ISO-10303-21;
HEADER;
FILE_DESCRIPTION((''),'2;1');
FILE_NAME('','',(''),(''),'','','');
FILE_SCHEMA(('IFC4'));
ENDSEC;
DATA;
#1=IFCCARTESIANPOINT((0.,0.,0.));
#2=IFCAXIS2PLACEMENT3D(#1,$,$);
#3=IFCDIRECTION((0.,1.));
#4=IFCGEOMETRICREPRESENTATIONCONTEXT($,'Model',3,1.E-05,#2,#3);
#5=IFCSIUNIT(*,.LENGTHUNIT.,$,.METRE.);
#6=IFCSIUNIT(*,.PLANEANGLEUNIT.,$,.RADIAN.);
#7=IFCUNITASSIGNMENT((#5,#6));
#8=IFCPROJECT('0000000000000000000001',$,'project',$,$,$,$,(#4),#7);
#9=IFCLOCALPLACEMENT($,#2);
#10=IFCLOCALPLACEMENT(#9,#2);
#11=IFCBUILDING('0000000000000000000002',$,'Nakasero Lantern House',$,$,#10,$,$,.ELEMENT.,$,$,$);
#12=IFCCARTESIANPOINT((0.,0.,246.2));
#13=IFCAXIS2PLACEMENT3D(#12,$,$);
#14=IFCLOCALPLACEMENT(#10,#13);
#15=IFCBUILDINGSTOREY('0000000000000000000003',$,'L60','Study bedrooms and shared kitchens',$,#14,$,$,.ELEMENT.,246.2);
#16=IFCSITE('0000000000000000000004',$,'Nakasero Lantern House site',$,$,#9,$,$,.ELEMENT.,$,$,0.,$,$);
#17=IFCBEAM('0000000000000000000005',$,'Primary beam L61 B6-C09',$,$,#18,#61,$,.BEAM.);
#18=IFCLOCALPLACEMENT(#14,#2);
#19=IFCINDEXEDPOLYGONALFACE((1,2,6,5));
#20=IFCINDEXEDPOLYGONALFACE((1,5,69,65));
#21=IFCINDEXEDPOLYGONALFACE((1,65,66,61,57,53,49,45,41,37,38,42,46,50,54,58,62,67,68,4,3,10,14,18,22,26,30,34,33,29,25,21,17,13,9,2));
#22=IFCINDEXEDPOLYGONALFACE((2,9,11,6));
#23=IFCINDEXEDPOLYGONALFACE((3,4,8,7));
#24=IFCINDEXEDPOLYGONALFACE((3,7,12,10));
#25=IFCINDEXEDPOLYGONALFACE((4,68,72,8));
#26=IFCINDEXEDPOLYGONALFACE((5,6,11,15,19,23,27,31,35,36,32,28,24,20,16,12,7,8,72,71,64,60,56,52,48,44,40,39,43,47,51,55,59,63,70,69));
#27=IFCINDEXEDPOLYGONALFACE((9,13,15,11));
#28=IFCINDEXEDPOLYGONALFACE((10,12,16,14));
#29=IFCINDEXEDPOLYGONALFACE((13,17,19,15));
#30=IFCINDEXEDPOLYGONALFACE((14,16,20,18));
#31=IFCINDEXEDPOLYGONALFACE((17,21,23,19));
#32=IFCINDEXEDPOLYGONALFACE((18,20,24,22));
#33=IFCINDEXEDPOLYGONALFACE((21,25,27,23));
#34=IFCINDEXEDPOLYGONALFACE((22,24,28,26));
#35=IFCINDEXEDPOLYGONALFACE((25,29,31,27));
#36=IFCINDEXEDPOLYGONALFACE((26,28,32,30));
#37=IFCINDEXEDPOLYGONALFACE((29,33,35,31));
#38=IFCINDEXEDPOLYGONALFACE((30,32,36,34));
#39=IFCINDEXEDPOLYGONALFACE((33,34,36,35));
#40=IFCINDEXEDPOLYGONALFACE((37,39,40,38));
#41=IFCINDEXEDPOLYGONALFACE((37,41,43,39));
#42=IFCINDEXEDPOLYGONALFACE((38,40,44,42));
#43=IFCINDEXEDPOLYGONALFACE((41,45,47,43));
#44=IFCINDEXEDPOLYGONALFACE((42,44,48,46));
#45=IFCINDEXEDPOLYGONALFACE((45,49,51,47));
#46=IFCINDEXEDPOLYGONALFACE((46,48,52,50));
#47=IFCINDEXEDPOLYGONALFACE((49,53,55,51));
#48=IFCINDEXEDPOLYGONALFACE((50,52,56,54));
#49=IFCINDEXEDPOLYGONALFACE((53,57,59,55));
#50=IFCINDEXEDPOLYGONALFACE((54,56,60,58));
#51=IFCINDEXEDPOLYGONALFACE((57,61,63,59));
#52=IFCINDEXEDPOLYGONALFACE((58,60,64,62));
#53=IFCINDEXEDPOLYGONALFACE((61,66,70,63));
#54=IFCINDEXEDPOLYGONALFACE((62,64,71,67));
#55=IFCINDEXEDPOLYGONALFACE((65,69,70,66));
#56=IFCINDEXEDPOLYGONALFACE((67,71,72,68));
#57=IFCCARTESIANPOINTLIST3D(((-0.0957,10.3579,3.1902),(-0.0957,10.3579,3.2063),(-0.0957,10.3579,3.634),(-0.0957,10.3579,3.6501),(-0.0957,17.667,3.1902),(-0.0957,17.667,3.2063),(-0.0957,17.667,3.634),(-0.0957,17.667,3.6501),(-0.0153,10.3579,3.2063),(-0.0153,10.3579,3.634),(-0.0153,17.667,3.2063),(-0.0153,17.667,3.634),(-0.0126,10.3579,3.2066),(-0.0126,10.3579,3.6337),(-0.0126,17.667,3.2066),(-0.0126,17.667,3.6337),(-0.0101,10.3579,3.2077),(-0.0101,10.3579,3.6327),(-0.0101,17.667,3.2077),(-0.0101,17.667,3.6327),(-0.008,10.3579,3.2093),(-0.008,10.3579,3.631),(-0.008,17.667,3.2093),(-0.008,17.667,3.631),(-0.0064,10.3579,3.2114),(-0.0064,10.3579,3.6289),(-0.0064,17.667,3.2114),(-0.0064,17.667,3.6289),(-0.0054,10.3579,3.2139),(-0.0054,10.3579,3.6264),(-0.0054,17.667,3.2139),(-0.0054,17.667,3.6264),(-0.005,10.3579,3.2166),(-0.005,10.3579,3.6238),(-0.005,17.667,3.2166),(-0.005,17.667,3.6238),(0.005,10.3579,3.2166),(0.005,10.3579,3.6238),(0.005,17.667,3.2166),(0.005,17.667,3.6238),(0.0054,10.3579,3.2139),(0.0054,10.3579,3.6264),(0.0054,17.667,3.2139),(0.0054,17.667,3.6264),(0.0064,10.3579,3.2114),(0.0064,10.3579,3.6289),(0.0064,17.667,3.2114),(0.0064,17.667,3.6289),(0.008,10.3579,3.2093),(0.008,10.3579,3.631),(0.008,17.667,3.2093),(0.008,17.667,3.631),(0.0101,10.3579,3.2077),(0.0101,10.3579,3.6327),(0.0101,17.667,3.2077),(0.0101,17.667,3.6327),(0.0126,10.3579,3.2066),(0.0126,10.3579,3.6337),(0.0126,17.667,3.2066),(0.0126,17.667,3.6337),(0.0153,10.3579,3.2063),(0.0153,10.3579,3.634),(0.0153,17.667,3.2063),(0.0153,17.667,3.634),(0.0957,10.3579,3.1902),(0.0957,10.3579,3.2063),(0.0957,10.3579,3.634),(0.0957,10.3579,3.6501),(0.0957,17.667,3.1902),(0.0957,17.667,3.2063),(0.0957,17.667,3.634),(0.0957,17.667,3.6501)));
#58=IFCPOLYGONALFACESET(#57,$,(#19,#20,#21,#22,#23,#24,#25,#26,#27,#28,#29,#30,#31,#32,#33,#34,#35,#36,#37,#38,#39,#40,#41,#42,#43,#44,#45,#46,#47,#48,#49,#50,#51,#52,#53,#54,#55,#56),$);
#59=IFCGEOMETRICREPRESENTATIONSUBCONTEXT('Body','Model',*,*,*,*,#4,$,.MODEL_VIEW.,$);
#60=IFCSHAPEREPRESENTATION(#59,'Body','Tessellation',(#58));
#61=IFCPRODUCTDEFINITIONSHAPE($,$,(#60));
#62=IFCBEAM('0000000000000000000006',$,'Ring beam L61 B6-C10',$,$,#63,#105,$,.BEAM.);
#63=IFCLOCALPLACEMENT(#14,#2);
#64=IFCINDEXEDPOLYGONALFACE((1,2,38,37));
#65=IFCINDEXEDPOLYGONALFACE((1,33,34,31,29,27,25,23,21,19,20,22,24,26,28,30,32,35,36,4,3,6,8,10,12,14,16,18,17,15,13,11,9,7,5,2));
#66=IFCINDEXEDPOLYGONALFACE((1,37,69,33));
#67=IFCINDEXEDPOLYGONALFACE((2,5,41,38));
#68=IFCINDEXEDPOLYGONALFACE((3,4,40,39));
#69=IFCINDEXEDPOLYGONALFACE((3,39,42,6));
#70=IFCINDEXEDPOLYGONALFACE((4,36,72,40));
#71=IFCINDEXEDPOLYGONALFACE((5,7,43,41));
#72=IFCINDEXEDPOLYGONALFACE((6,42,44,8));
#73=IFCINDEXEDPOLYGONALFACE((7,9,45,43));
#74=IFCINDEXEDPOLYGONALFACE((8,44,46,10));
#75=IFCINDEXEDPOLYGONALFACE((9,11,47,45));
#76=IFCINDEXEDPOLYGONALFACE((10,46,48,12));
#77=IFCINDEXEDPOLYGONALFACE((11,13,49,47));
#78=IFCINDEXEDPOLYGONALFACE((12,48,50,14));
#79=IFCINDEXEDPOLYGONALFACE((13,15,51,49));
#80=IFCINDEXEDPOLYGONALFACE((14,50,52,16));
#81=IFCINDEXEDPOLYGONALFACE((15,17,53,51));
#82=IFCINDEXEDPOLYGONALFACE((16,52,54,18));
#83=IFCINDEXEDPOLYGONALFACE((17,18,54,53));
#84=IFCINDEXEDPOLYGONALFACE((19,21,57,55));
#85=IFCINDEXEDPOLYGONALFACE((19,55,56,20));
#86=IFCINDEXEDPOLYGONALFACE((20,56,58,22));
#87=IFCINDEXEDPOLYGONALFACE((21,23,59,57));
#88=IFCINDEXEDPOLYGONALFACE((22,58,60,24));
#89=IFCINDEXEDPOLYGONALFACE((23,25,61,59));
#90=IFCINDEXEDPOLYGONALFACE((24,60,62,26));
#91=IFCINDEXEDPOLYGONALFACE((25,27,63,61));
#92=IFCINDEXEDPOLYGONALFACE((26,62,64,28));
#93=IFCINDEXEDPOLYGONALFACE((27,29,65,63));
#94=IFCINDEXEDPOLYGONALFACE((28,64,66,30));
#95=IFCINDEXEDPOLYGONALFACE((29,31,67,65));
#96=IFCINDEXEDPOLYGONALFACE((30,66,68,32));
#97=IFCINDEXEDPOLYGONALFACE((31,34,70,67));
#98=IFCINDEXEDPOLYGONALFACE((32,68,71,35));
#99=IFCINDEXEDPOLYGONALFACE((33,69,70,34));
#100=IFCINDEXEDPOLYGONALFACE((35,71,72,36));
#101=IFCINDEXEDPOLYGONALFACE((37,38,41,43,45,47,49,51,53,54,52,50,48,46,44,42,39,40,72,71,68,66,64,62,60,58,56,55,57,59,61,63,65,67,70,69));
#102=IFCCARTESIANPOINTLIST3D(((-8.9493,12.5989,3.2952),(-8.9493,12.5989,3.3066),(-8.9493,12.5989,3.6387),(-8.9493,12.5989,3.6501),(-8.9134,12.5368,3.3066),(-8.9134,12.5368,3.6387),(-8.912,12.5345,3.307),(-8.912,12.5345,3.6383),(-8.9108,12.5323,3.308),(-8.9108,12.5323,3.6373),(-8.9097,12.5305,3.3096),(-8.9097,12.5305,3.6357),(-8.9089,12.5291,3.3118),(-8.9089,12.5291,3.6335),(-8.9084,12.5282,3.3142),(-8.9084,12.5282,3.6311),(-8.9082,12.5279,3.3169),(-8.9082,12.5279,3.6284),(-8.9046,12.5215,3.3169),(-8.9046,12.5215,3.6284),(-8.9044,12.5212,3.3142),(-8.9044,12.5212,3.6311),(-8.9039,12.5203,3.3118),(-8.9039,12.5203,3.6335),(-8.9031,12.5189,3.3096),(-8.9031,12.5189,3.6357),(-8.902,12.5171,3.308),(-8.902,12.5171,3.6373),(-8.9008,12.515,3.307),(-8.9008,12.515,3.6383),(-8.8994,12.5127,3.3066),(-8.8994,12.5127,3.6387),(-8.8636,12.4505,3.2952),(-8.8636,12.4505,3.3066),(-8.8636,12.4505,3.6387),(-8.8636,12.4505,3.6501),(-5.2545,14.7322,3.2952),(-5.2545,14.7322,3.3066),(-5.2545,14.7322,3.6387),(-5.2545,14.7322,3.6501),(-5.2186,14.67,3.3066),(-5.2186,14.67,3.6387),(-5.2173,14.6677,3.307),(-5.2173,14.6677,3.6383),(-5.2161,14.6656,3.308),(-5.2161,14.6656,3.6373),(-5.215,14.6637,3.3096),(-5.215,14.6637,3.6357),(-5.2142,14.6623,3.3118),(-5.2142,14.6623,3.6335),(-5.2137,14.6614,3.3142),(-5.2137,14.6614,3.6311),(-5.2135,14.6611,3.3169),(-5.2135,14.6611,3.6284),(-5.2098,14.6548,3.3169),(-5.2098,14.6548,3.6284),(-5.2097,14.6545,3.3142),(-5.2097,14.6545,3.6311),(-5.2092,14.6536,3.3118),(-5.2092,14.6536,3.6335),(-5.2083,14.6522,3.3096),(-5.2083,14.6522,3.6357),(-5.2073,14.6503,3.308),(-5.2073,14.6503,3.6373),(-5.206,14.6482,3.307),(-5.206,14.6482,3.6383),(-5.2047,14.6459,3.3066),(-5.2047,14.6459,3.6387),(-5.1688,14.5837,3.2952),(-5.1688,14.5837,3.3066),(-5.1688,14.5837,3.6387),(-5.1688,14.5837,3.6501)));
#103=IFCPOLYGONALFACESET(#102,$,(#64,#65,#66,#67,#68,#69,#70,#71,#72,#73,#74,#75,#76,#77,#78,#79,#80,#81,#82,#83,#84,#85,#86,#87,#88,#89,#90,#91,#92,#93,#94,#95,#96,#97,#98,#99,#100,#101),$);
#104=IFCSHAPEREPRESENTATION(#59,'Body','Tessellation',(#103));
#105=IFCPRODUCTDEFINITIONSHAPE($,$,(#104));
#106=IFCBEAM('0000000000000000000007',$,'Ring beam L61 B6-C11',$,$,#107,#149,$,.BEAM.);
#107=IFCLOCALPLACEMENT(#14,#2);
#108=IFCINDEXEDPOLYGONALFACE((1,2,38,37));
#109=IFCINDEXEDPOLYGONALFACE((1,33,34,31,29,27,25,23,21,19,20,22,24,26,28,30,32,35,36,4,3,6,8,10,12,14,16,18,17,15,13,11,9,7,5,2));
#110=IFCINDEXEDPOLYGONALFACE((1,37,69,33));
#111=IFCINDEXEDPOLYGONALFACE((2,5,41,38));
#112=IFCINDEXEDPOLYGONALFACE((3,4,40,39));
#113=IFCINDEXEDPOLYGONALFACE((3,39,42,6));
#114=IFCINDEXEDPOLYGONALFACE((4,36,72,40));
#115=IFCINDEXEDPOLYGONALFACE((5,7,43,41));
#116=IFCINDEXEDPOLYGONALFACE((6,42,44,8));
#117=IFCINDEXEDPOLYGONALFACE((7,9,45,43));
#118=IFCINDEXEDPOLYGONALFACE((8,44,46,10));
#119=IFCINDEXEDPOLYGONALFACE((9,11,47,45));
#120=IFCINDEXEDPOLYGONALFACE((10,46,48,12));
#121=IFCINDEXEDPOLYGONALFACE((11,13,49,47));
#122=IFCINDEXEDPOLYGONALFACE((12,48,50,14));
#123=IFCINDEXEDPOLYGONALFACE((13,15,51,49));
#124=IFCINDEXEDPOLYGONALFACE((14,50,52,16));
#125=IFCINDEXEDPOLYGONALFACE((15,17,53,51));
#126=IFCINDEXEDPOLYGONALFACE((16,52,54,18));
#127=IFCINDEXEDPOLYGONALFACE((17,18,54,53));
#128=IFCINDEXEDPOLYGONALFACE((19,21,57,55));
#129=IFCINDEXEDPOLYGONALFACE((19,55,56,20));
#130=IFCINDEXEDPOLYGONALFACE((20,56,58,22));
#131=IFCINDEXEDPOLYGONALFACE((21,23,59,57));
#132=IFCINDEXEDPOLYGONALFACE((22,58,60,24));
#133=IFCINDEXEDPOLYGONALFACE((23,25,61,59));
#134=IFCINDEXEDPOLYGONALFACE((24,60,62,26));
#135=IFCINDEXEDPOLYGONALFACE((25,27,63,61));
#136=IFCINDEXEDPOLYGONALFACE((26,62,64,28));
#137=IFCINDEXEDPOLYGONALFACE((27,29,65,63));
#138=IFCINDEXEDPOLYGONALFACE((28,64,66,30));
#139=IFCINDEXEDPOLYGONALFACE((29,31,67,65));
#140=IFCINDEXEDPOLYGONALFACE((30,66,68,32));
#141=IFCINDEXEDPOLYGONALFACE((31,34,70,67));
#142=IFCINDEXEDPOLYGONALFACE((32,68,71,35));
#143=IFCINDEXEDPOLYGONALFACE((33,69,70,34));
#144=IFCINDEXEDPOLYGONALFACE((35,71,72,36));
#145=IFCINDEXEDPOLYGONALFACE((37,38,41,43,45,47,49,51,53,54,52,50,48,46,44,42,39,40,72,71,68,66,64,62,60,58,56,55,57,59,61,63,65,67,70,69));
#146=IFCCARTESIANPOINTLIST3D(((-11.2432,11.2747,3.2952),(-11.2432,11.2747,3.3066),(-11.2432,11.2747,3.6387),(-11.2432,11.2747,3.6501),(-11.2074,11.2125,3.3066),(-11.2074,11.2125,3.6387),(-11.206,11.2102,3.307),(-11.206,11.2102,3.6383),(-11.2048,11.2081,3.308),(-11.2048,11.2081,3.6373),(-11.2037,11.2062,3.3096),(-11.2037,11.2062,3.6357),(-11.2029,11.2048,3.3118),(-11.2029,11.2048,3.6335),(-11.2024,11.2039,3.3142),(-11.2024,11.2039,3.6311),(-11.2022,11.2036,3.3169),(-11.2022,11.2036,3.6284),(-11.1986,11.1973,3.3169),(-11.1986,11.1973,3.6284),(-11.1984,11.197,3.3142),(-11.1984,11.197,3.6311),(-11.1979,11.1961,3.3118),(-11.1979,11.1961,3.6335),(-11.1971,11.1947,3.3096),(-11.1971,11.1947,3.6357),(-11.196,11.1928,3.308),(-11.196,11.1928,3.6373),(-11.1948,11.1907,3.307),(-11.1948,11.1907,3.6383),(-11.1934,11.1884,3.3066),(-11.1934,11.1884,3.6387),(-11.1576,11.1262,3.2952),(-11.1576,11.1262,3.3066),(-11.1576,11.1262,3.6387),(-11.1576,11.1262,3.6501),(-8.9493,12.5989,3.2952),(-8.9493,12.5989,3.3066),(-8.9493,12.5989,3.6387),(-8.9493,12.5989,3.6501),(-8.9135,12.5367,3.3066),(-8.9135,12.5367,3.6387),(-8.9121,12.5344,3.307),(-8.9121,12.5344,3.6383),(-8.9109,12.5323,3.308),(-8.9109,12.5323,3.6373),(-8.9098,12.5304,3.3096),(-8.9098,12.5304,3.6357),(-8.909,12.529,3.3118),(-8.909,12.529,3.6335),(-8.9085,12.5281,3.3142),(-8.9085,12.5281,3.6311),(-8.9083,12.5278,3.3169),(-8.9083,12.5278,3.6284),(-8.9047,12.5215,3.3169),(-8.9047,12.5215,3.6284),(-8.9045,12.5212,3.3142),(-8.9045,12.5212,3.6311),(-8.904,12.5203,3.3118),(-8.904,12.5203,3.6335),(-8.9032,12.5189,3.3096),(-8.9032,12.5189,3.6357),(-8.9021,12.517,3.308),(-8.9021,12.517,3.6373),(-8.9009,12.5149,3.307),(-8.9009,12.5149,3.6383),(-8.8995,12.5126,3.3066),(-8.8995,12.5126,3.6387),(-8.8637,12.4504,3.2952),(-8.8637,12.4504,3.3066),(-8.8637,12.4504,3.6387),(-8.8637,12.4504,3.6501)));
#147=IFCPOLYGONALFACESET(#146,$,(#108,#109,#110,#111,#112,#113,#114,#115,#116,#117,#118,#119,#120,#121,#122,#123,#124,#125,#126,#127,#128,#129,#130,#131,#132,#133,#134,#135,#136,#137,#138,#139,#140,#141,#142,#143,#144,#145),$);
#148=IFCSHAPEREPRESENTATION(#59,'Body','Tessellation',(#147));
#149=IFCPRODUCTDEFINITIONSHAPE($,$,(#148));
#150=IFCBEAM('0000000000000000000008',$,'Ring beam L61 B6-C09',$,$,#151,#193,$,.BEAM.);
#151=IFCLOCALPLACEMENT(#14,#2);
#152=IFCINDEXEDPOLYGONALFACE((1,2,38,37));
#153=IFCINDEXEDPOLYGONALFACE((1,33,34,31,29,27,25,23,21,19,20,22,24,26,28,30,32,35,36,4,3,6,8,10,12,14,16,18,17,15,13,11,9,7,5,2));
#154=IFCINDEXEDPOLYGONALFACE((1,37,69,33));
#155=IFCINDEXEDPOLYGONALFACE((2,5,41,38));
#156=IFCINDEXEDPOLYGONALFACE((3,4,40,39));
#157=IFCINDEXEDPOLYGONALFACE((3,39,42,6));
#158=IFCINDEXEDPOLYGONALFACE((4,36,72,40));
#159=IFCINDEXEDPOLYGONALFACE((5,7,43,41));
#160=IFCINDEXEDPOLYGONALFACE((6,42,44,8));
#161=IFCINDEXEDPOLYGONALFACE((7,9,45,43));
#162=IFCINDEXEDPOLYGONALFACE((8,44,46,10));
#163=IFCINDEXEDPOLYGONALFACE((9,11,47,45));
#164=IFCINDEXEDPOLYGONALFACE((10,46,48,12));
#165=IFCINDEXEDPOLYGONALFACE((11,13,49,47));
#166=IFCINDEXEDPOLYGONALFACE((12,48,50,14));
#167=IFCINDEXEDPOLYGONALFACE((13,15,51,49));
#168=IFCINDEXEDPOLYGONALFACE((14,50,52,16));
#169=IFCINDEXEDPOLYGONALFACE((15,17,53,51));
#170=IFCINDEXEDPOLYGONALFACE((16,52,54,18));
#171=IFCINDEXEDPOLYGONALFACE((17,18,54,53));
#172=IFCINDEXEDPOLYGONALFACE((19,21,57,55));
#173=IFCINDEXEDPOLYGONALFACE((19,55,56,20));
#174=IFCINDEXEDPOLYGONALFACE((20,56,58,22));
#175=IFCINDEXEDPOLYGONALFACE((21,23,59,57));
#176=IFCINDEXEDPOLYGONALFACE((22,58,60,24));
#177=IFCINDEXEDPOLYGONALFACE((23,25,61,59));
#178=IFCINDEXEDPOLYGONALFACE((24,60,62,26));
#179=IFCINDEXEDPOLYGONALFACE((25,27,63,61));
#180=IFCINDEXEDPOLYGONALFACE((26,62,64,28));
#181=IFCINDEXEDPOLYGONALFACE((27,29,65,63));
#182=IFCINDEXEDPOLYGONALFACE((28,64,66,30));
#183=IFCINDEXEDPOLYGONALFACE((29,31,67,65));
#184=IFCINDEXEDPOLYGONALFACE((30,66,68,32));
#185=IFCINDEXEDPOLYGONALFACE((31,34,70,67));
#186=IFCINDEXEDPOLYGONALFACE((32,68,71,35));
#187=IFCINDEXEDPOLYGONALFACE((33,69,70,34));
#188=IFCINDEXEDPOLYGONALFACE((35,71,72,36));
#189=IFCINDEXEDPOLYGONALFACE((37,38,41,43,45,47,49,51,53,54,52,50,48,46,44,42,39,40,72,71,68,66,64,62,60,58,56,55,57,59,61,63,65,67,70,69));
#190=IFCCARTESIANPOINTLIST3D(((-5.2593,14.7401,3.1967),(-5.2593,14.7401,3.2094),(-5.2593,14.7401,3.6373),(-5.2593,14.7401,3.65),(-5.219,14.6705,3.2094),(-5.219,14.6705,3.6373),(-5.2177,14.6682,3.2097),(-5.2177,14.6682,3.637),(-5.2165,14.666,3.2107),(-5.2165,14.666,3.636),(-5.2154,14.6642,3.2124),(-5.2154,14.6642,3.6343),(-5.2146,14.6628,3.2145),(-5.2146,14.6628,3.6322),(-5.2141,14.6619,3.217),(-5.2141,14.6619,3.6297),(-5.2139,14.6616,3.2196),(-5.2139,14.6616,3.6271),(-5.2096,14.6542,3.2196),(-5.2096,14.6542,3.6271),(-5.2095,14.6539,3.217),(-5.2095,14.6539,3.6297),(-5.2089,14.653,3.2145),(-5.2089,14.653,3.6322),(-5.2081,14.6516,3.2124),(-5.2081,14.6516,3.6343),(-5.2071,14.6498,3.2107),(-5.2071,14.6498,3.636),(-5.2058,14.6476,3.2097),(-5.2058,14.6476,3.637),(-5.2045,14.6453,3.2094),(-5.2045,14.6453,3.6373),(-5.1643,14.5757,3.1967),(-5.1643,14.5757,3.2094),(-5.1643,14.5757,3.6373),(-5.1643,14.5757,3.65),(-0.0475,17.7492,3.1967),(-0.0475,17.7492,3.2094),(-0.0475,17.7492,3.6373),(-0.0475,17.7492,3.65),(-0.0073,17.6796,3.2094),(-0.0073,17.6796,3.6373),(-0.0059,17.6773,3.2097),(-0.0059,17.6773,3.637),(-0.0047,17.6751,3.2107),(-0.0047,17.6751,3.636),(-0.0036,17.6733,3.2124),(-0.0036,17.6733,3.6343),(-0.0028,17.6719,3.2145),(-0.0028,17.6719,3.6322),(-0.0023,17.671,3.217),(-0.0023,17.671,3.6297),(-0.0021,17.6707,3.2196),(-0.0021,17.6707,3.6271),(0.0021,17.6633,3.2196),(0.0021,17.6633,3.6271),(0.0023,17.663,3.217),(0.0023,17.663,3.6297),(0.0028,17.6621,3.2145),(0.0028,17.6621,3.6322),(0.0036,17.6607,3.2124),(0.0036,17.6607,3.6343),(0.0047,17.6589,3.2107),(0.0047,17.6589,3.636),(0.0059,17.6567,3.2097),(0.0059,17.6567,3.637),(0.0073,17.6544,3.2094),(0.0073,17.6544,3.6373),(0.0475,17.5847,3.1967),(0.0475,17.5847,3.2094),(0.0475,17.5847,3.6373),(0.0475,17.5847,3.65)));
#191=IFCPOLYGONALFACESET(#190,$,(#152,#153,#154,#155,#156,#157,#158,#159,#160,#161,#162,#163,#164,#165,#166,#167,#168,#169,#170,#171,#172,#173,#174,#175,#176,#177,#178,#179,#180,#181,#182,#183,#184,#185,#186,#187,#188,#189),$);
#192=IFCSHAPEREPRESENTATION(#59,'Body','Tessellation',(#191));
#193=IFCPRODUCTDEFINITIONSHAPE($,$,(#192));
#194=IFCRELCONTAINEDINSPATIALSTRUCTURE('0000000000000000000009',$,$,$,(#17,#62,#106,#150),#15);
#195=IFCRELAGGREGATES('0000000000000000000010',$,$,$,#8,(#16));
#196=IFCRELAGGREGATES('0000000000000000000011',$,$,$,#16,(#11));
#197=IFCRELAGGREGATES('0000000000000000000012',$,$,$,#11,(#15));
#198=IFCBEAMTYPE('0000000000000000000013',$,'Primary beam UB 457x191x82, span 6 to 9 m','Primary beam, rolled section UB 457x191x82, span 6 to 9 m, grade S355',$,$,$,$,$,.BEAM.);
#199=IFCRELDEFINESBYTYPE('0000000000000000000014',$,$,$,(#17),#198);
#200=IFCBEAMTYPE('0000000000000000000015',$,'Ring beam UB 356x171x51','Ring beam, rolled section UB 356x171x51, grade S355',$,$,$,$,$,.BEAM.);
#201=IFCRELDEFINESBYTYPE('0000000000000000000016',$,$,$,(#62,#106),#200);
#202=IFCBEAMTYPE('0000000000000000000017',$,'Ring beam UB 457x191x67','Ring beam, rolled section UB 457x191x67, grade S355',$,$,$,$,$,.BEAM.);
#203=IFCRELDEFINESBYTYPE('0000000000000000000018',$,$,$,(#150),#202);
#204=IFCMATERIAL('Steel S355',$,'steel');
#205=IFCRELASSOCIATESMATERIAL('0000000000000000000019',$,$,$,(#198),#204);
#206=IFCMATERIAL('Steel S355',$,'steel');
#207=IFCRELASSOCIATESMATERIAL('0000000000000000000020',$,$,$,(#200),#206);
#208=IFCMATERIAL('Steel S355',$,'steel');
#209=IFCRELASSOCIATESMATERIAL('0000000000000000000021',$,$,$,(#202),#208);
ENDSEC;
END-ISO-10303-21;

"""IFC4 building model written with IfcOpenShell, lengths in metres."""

from ifc_helpers import new_model, si_unit, direction, frame, origin, origin_2d, place, context, subcontext, project, spatial, i_section, extrude, material, material_profile, profile_set, type_object, element, save


model = new_model("IFC4")

# Units and contexts
model_context = context("Model", 3, precision=1e-05, world=origin(), true_north=direction((0.0, 1.0)))
body_context = subcontext(model_context, "Body", "Model", "MODEL_VIEW")
ifc_project = project(units=[si_unit("LENGTHUNIT", "METRE"), si_unit("PLANEANGLEUNIT", "RADIAN")], contexts=[model_context])

# Site, building, storey
site_placement = place(None, origin())
site = spatial("IfcSite", under=ifc_project, at=site_placement, Name="Nakasero Lantern House site", CompositionType="ELEMENT", RefElevation=0.0)
building_placement = place(site_placement, origin())
building = spatial("IfcBuilding", under=site, at=building_placement, Name="Nakasero Lantern House", CompositionType="ELEMENT")
storey_placement = place(building_placement, frame((0.0, 0.0, 246.2)))
storey = spatial("IfcBuildingStorey", under=building, at=storey_placement, Name="L60", Description="Study bedrooms and shared kitchens", CompositionType="ELEMENT", Elevation=246.2)

# Beams
ifc_material_1 = material(Name="Steel S355", Category="steel")
ifc_material_profile_1 = material_profile(ifc_material_1, i_section(OverallWidth=0.1914, OverallDepth=0.46, WebThickness=0.01, FlangeThickness=0.0161, FilletRadius=0.0103, at=origin_2d()), Name="UB 457x191x82")
ifc_profile_set_1 = profile_set([ifc_material_profile_1], Name="Steel S355")
beam_type_1 = type_object("IfcBeamType", Name="Primary beam UB 457x191x82, span 6 to 9 m", Description="Primary beam, rolled section UB 457x191x82, span 6 to 9 m, grade S355", PredefinedType="BEAM", material=ifc_profile_set_1)
beam_1_placement = place(storey_placement, frame((0.0, 17.667, 3.4202), z_axis=(0.0, -1.0, 0.0), x_axis=(1.0, 0.0, 0.0)))
element("IfcBeam", 1, at=beam_1_placement, inside=storey, type_object=beam_type_1, Name="Primary beam L61 B6-C09", PredefinedType="BEAM", context=body_context, shape_type="SweptSolid", body=[
    extrude(i_section(OverallWidth=0.1914, OverallDepth=0.46, WebThickness=0.01, FlangeThickness=0.0161, FilletRadius=0.0103, at=origin_2d()), origin(), (0.0, 0.0, 1.0), 7.3091),
])
ifc_material_2 = material(Name="Steel S355", Category="steel")
ifc_material_profile_2 = material_profile(ifc_material_2, i_section(OverallWidth=0.1714, OverallDepth=0.355, WebThickness=0.0073, FlangeThickness=0.0115, FilletRadius=0.0103, at=origin_2d()), Name="UB 356x171x51")
ifc_profile_set_2 = profile_set([ifc_material_profile_2], Name="Steel S355")
beam_type_2 = type_object("IfcBeamType", Name="Ring beam UB 356x171x51", Description="Ring beam, rolled section UB 356x171x51, grade S355", PredefinedType="BEAM", material=ifc_profile_set_2)
beam_2_placement = place(storey_placement, frame((-5.2117, 14.658, 3.4727), z_axis=(-0.866016, -0.500016, 0.0), x_axis=(0.500016, -0.866016, 0.0)))
element("IfcBeam", 2, at=beam_2_placement, inside=storey, type_object=beam_type_2, Name="Ring beam L61 B6-C10", PredefinedType="BEAM", context=body_context, shape_type="SweptSolid", body=[
    extrude(i_section(OverallWidth=0.1714, OverallDepth=0.355, WebThickness=0.0073, FlangeThickness=0.0115, FilletRadius=0.0103, at=origin_2d()), origin(), (0.0, 0.0, 1.0), 4.2664),
])
beam_3_placement = place(storey_placement, frame((-8.9065, 12.5247, 3.4727), z_axis=(-0.866057, -0.499946, 0.0), x_axis=(0.499946, -0.866057, 0.0)))
element("IfcBeam", 3, at=beam_3_placement, inside=storey, type_object=beam_type_2, Name="Ring beam L61 B6-C11", PredefinedType="BEAM", context=body_context, shape_type="SweptSolid", body=[
    extrude(i_section(OverallWidth=0.1714, OverallDepth=0.355, WebThickness=0.0073, FlangeThickness=0.0115, FilletRadius=0.0103, at=origin_2d()), origin(), (0.0, 0.0, 1.0), 2.6487),
])
ifc_material_3 = material(Name="Steel S355", Category="steel")
ifc_material_profile_3 = material_profile(ifc_material_3, i_section(OverallWidth=0.1899, OverallDepth=0.4534, WebThickness=0.0085, FlangeThickness=0.0127, FilletRadius=0.0103, at=origin_2d()), Name="UB 457x191x67")
ifc_profile_set_3 = profile_set([ifc_material_profile_3], Name="Steel S355")
beam_type_3 = type_object("IfcBeamType", Name="Ring beam UB 457x191x67", Description="Ring beam, rolled section UB 457x191x67, grade S355", PredefinedType="BEAM", material=ifc_profile_set_3)
beam_4_placement = place(storey_placement, frame((0.0, 17.667, 3.4233), z_axis=(-0.86602, -0.500009, 0.0), x_axis=(0.500009, -0.86602, 0.0)))
element("IfcBeam", 4, at=beam_4_placement, inside=storey, type_object=beam_type_3, Name="Ring beam L61 B6-C09", PredefinedType="BEAM", context=body_context, shape_type="SweptSolid", body=[
    extrude(i_section(OverallWidth=0.1899, OverallDepth=0.4534, WebThickness=0.0085, FlangeThickness=0.0127, FilletRadius=0.0103, at=origin_2d()), origin(), (0.0, 0.0, 1.0), 6.0181),
])

save(model, "model.ifc")
